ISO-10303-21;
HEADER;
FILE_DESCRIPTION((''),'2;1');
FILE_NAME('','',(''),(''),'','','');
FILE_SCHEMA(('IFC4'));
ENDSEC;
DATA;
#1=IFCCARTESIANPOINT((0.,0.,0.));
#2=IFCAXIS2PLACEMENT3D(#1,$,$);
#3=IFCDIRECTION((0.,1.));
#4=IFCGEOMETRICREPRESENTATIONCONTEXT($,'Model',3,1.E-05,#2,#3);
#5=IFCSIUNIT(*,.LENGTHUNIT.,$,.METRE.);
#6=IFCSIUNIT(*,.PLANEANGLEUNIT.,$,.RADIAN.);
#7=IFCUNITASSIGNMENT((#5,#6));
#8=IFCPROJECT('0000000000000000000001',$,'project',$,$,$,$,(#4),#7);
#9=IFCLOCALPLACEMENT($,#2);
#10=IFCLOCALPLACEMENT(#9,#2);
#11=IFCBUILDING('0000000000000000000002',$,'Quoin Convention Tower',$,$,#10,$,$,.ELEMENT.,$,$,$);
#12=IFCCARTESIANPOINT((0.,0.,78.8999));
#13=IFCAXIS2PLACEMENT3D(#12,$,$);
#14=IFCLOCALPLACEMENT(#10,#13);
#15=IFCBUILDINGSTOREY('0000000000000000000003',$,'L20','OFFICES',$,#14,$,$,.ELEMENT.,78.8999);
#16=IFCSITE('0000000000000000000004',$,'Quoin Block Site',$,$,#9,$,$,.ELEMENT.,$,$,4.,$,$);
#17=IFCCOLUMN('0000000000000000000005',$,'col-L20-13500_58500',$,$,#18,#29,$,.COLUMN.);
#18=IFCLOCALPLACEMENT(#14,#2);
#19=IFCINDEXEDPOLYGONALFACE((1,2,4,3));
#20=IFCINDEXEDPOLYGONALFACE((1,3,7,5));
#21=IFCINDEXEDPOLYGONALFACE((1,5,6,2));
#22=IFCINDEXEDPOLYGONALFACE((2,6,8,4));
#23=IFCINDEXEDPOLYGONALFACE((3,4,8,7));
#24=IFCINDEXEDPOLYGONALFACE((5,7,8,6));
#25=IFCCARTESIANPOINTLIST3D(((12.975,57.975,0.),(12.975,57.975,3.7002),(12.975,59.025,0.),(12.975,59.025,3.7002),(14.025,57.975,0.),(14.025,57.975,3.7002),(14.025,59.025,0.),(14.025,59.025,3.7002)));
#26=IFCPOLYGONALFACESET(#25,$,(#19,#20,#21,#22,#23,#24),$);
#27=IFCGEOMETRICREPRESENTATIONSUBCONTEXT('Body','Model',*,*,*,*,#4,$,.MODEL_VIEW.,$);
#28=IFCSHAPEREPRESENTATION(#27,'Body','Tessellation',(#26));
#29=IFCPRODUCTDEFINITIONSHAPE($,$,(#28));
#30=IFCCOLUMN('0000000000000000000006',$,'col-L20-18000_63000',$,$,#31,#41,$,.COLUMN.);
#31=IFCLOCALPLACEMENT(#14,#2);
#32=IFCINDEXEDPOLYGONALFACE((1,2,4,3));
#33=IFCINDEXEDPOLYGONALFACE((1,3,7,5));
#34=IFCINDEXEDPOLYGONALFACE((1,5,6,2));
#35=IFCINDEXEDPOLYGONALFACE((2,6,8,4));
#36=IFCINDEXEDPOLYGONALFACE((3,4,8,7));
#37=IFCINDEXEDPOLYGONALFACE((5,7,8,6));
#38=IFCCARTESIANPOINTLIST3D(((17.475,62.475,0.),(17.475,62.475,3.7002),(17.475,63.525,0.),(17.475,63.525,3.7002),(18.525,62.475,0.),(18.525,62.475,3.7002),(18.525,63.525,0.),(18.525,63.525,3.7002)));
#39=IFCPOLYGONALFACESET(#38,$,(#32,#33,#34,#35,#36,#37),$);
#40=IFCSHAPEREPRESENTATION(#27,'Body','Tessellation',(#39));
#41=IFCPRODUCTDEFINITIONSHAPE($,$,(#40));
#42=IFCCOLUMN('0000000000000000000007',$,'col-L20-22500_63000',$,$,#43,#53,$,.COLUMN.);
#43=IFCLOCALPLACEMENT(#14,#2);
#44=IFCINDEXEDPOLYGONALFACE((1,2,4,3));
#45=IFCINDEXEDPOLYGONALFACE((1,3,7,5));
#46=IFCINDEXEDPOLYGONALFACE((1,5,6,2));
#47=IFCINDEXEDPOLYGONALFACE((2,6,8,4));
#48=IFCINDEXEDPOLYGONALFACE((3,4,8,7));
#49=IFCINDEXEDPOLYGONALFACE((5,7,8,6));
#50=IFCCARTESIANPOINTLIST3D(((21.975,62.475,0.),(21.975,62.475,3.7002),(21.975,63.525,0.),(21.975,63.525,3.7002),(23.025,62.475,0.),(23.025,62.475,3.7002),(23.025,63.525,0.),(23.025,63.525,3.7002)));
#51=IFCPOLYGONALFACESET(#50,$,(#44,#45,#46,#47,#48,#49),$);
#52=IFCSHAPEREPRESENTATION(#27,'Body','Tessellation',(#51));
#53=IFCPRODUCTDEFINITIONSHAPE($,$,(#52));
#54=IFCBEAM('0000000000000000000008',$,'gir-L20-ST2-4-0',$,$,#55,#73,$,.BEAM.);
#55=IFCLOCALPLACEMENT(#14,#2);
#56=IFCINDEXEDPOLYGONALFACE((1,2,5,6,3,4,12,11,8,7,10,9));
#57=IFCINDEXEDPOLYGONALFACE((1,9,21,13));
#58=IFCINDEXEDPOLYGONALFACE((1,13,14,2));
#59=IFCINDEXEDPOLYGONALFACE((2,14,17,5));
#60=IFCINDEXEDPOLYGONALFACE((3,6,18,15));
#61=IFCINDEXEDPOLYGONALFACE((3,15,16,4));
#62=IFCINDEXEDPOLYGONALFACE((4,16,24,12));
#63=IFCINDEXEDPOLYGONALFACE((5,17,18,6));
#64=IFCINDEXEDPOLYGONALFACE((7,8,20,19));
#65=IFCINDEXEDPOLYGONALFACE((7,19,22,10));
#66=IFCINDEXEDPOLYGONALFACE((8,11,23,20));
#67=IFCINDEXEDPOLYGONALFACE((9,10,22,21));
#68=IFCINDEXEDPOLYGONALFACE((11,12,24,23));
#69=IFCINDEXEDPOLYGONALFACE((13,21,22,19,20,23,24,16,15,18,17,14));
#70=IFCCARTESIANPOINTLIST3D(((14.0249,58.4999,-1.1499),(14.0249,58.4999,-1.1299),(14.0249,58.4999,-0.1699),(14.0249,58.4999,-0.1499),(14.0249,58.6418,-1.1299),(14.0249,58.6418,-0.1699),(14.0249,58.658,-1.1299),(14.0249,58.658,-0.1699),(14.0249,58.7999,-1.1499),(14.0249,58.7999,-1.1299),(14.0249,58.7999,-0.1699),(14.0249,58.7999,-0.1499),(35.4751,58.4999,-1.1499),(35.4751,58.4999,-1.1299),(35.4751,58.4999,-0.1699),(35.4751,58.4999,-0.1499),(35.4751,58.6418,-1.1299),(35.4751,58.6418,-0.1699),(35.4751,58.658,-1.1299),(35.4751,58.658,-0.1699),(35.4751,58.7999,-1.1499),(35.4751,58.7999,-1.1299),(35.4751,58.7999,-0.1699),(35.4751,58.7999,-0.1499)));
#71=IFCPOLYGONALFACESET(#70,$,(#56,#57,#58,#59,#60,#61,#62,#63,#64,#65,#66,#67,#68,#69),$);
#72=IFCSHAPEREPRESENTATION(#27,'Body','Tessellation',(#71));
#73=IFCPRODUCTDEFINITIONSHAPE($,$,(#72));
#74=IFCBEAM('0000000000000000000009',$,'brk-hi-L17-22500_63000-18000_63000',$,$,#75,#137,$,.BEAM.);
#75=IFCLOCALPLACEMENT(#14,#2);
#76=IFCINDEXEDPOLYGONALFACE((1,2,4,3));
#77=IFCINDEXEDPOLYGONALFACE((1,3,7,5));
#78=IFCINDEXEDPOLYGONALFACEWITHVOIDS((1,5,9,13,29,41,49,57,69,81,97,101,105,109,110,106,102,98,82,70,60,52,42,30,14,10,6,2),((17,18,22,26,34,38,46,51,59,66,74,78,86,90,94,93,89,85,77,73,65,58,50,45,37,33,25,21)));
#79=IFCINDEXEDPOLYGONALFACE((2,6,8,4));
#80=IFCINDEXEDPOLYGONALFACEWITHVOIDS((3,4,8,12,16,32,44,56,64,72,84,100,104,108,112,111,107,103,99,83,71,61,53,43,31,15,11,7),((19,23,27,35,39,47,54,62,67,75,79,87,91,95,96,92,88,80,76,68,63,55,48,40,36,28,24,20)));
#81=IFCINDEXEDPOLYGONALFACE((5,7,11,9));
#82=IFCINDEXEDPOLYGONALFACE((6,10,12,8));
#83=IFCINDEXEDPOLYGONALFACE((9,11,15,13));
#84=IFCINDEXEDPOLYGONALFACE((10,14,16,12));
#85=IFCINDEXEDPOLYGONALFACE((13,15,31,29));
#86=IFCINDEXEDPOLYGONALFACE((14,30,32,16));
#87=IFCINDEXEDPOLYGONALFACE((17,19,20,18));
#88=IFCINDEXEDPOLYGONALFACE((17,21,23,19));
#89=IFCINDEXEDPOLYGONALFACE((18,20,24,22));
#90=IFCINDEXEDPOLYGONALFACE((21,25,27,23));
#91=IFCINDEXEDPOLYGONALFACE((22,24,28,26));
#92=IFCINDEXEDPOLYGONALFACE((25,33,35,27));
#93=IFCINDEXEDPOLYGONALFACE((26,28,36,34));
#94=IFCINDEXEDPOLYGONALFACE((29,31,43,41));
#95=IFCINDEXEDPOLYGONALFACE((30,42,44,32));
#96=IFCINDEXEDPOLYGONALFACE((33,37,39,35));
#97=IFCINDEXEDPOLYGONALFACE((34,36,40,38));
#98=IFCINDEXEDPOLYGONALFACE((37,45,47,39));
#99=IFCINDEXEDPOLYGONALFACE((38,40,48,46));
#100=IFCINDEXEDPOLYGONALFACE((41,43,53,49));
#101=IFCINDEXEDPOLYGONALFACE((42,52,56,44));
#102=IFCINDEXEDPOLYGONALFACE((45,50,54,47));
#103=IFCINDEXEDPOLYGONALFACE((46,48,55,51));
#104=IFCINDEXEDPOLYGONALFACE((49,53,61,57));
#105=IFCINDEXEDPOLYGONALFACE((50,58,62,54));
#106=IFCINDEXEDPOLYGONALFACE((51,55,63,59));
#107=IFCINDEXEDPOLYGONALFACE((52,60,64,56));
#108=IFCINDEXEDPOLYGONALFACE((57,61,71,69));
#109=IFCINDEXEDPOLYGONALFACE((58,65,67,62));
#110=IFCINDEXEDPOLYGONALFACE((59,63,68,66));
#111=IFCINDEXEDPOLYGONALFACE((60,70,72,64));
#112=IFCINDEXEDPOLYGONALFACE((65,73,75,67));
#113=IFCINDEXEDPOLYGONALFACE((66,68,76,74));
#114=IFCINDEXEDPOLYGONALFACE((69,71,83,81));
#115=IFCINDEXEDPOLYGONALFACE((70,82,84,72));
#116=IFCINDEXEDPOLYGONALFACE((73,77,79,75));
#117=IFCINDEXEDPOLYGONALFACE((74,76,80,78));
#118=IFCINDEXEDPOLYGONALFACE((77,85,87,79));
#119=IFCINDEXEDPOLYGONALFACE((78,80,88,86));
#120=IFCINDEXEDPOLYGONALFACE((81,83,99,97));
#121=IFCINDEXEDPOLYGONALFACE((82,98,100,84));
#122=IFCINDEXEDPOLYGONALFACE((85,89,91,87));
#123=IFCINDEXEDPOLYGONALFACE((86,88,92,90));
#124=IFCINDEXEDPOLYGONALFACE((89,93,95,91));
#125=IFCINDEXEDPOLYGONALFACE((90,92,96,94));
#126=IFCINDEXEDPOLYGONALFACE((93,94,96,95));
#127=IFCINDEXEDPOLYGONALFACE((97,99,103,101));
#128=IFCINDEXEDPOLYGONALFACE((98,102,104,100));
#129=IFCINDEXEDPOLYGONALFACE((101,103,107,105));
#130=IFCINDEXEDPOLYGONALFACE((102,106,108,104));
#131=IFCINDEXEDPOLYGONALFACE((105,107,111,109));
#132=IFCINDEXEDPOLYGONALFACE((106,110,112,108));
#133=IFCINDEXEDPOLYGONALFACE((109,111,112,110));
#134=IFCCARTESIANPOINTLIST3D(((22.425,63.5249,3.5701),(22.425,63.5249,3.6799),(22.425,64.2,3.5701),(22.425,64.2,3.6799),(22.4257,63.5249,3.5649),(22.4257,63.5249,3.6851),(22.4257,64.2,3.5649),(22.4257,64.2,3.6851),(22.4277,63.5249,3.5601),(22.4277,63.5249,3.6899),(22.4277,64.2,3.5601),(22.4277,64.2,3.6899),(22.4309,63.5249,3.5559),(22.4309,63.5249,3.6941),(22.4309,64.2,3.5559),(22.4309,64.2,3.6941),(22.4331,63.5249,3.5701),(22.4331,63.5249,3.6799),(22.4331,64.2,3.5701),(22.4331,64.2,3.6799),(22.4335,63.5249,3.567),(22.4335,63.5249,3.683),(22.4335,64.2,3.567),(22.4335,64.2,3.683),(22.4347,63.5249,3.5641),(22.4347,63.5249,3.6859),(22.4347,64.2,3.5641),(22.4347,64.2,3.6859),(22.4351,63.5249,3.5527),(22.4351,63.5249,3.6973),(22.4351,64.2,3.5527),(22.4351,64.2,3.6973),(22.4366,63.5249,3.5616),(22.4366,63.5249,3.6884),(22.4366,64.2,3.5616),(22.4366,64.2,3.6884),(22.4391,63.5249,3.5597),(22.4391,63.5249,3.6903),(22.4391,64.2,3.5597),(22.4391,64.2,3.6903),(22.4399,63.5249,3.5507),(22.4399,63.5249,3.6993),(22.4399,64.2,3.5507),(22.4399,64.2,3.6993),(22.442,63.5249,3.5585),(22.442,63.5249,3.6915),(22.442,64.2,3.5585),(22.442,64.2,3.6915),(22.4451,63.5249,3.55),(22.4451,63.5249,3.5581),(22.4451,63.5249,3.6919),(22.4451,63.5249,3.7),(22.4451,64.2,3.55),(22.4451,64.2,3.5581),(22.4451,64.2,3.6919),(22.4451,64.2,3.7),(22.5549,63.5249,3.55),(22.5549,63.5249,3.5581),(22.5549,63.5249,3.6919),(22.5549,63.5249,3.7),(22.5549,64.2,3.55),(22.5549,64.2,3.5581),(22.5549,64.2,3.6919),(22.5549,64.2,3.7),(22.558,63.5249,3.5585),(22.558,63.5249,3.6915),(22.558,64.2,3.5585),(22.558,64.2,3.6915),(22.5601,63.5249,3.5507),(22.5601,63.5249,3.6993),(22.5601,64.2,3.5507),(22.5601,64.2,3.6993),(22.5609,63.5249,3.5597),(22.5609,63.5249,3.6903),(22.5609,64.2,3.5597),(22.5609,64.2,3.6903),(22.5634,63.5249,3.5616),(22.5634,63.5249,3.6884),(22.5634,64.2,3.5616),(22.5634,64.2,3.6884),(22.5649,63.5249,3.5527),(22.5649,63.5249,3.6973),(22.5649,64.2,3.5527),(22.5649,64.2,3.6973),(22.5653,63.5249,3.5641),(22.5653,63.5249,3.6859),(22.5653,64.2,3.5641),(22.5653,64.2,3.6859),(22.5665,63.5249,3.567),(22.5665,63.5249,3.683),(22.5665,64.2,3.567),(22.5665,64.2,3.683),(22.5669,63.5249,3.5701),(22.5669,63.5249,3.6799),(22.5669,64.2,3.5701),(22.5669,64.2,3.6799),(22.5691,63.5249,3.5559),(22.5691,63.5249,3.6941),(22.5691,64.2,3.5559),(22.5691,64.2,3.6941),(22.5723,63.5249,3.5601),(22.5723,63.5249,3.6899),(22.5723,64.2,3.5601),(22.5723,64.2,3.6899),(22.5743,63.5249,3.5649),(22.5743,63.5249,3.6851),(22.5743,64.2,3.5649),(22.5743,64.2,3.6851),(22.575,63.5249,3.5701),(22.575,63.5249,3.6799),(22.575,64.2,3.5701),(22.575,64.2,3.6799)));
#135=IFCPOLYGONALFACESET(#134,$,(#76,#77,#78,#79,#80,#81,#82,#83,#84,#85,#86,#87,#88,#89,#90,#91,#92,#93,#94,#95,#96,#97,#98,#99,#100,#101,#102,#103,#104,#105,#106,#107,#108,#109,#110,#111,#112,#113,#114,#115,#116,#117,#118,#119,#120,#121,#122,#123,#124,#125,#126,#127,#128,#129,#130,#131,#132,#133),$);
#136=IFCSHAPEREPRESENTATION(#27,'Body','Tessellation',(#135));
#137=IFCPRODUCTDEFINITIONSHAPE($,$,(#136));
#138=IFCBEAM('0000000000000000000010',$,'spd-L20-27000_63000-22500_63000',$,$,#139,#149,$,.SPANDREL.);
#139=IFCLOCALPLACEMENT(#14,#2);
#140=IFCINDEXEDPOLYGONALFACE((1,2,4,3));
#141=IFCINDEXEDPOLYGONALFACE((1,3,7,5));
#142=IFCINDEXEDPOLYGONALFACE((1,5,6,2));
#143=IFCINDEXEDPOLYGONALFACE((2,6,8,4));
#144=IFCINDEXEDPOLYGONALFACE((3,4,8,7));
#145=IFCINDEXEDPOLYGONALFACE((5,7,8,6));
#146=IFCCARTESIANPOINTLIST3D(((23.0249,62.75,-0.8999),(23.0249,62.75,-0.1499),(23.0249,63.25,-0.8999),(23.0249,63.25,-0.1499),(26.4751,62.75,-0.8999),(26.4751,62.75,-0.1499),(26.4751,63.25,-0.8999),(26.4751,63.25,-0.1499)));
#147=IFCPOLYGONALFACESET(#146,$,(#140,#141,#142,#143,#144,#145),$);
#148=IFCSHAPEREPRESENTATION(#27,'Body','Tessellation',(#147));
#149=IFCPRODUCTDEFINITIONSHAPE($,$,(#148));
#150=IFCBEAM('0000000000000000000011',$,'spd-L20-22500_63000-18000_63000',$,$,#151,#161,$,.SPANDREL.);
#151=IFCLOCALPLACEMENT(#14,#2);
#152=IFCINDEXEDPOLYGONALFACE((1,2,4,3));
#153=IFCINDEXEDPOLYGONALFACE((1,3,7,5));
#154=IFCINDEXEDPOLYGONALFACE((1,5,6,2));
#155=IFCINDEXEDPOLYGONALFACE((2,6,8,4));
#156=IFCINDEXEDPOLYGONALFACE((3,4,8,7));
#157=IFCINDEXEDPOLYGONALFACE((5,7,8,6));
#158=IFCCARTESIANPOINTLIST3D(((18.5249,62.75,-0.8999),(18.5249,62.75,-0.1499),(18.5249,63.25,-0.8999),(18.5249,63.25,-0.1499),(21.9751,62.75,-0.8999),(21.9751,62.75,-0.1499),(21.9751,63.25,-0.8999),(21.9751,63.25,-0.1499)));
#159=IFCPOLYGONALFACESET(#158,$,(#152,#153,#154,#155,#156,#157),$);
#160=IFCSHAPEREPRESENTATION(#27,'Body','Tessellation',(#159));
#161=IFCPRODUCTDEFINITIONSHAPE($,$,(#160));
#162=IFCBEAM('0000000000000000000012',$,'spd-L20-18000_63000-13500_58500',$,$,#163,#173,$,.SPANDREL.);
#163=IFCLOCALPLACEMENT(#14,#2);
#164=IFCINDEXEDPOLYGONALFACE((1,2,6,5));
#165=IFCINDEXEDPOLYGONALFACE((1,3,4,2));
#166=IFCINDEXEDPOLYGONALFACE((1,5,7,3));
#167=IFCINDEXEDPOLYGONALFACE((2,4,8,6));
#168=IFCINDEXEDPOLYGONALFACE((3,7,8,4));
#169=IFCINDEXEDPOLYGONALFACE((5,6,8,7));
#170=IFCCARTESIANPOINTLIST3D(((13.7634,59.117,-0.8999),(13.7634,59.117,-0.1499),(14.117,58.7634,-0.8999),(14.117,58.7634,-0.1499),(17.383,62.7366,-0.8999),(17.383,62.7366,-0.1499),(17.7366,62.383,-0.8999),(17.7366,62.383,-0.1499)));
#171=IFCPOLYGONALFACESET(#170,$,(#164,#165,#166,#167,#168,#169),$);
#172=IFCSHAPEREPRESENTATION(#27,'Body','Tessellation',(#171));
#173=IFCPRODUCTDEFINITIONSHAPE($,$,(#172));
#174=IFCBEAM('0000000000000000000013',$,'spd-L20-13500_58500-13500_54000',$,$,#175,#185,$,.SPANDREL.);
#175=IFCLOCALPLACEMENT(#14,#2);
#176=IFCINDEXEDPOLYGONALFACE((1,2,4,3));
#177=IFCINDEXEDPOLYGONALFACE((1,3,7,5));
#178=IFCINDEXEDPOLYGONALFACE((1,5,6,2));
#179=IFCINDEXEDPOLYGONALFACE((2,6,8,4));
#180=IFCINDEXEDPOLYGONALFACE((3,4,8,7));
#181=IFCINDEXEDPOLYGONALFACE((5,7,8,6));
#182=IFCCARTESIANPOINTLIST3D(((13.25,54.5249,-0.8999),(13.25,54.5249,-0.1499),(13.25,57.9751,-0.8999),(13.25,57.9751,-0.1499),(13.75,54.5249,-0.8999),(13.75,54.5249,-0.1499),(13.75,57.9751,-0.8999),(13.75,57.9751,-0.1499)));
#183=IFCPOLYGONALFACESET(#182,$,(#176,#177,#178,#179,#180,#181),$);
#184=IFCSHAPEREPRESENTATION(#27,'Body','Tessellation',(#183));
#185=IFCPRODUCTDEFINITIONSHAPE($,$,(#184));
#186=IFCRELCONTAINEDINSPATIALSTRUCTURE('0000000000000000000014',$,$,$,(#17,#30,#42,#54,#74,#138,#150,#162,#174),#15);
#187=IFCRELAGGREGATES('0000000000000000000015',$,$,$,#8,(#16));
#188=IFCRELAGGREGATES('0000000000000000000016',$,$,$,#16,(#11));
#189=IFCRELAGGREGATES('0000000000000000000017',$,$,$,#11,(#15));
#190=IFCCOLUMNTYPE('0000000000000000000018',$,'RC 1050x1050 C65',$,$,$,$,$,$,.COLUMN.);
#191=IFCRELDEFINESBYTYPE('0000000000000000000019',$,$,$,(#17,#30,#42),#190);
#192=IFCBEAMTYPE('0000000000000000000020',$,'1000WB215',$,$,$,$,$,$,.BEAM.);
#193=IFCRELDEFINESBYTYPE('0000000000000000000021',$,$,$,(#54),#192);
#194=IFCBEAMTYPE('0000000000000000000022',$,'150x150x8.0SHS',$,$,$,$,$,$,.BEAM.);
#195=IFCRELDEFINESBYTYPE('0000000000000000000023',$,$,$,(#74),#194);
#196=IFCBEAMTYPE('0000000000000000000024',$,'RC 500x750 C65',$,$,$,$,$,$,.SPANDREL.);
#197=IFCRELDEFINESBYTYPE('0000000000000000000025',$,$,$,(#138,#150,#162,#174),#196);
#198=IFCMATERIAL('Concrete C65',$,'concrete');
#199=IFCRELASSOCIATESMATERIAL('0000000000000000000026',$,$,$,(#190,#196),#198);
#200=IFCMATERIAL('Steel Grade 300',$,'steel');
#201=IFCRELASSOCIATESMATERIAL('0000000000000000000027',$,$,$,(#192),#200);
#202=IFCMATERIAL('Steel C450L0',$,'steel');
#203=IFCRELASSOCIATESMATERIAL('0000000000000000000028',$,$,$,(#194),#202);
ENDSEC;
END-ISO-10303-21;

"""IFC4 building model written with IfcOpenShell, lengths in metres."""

from ifc_helpers import new_model, si_unit, direction, frame, origin, origin_2d, place, context, subcontext, project, spatial, rectangle, hollow_rectangle, i_section, extrude, material, material_profile, profile_set, type_object, element, save


model = new_model("IFC4")

# Units and contexts
model_context = context("Model", 3, precision=1e-05, world=origin(), true_north=direction((0.0, 1.0)))
body_context = subcontext(model_context, "Body", "Model", "MODEL_VIEW")
ifc_project = project(units=[si_unit("LENGTHUNIT", "METRE"), si_unit("PLANEANGLEUNIT", "RADIAN")], contexts=[model_context])

# Site, building, storey
site_placement = place(None, origin())
site = spatial("IfcSite", under=ifc_project, at=site_placement, Name="Quoin Block Site", CompositionType="ELEMENT", RefElevation=4.0)
building_placement = place(site_placement, origin())
building = spatial("IfcBuilding", under=site, at=building_placement, Name="Quoin Convention Tower", CompositionType="ELEMENT")
storey_placement = place(building_placement, frame((0.0, 0.0, 78.8999)))
storey = spatial("IfcBuildingStorey", under=building, at=storey_placement, Name="L20", Description="OFFICES", CompositionType="ELEMENT", Elevation=78.8999)

# Columns
ifc_material_1 = material(Name="Concrete C65", Category="concrete")
ifc_material_profile_1 = material_profile(ifc_material_1, rectangle(XDim=1.05, YDim=1.05, at=origin_2d()), Name="RC 1050x1050")
ifc_profile_set_1 = profile_set([ifc_material_profile_1], Name="Concrete C65")
column_type = type_object("IfcColumnType", Name="RC 1050x1050 C65", PredefinedType="COLUMN", material=ifc_profile_set_1)
for number, where, z_axis, x_axis, name in (
    (1, (13.5, 58.5, 0.0), (0.0, 0.0, 1.0), (1.0, 0.0, 0.0), "col-L20-13500_58500"),
    (2, (18.0, 63.0, 0.0), (0.0, 0.0, 1.0), (1.0, 0.0, 0.0), "col-L20-18000_63000"),
    (3, (22.5, 63.0, 0.0), (0.0, 0.0, 1.0), (1.0, 0.0, 0.0), "col-L20-22500_63000"),
):
    element("IfcColumn", number, at=place(storey_placement, frame(where, z_axis=z_axis, x_axis=x_axis)), inside=storey, type_object=column_type, Name=name, PredefinedType="COLUMN", context=body_context, shape_type="SweptSolid", body=[
        extrude(rectangle(XDim=1.05, YDim=1.05, at=origin_2d()), origin(), (0.0, 0.0, 1.0), 3.7002),
    ])

# Beams
ifc_material_2 = material(Name="Steel Grade 300", Category="steel")
ifc_material_profile_2 = material_profile(ifc_material_2, i_section(OverallWidth=0.3, OverallDepth=1.0, WebThickness=0.0161, FlangeThickness=0.02, at=origin_2d()), Name="1000WB215")
ifc_profile_set_2 = profile_set([ifc_material_profile_2], Name="Steel Grade 300")
beam_type_1 = type_object("IfcBeamType", Name="1000WB215", PredefinedType="BEAM", material=ifc_profile_set_2)
beam_1_placement = place(storey_placement, frame((14.0249, 58.6499, -0.6499), z_axis=(1.0, 0.0, 0.0), x_axis=(0.0, 1.0, 0.0)))
element("IfcBeam", 4, at=beam_1_placement, inside=storey, type_object=beam_type_1, Name="gir-L20-ST2-4-0", PredefinedType="BEAM", context=body_context, shape_type="SweptSolid", body=[
    extrude(i_section(OverallWidth=0.3, OverallDepth=1.0, WebThickness=0.0161, FlangeThickness=0.02, at=origin_2d()), origin(), (0.0, 0.0, 1.0), 21.4502),
])
ifc_material_3 = material(Name="Steel C450L0", Category="steel")
ifc_material_profile_3 = material_profile(ifc_material_3, hollow_rectangle(XDim=0.1499, YDim=0.1499, WallThickness=0.0081, InnerFilletRadius=0.012, OuterFilletRadius=0.02, at=origin_2d()), Name="150x150x8.0SHS")
ifc_profile_set_3 = profile_set([ifc_material_profile_3], Name="Steel C450L0")
beam_type_2 = type_object("IfcBeamType", Name="150x150x8.0SHS", PredefinedType="BEAM", material=ifc_profile_set_3)
beam_2_placement = place(storey_placement, frame((22.5, 63.5249, 3.625), z_axis=(0.0, 1.0, 0.0), x_axis=(-1.0, 0.0, 0.0)))
element("IfcBeam", 5, at=beam_2_placement, inside=storey, type_object=beam_type_2, Name="brk-hi-L17-22500_63000-18000_63000", PredefinedType="BEAM", context=body_context, shape_type="SweptSolid", body=[
    extrude(hollow_rectangle(XDim=0.1499, YDim=0.1499, WallThickness=0.0081, InnerFilletRadius=0.012, OuterFilletRadius=0.02, at=origin_2d()), origin(), (0.0, 0.0, 1.0), 0.675),
])
ifc_material_profile_4 = material_profile(ifc_material_1, rectangle(XDim=0.5, YDim=0.75, at=origin_2d()), Name="RC 500x750")
ifc_profile_set_4 = profile_set([ifc_material_profile_4], Name="Concrete C65")
beam_type_3 = type_object("IfcBeamType", Name="RC 500x750 C65", PredefinedType="SPANDREL", material=ifc_profile_set_4)
for number, where, z_axis, x_axis, name in (
    (6, (26.4751, 63.0, -0.5249), (-1.0, 0.0, 0.0), (0.0, -1.0, 0.0), "spd-L20-27000_63000-22500_63000"),
    (7, (21.9751, 63.0, -0.5249), (-1.0, 0.0, 0.0), (0.0, -1.0, 0.0), "spd-L20-22500_63000-18000_63000"),
):
    element("IfcBeam", number, at=place(storey_placement, frame(where, z_axis=z_axis, x_axis=x_axis)), inside=storey, type_object=beam_type_3, Name=name, PredefinedType="SPANDREL", context=body_context, shape_type="SweptSolid", body=[
        extrude(rectangle(XDim=0.5, YDim=0.75, at=origin_2d()), origin(), (0.0, 0.0, 1.0), 3.4502),
    ])
beam_3_placement = place(storey_placement, frame((17.5598, 62.5598, -0.5249), z_axis=(-0.707107, -0.707107, 0.0), x_axis=(0.707107, -0.707107, 0.0)))
element("IfcBeam", 8, at=beam_3_placement, inside=storey, type_object=beam_type_3, Name="spd-L20-18000_63000-13500_58500", PredefinedType="SPANDREL", context=body_context, shape_type="SweptSolid", body=[
    extrude(rectangle(XDim=0.5, YDim=0.75, at=origin_2d()), origin(), (0.0, 0.0, 1.0), 5.1189),
])
beam_4_placement = place(storey_placement, frame((13.5, 57.9751, -0.5249), z_axis=(0.0, -1.0, 0.0), x_axis=(1.0, 0.0, 0.0)))
element("IfcBeam", 9, at=beam_4_placement, inside=storey, type_object=beam_type_3, Name="spd-L20-13500_58500-13500_54000", PredefinedType="SPANDREL", context=body_context, shape_type="SweptSolid", body=[
    extrude(rectangle(XDim=0.5, YDim=0.75, at=origin_2d()), origin(), (0.0, 0.0, 1.0), 3.4502),
])

save(model, "model.ifc")
